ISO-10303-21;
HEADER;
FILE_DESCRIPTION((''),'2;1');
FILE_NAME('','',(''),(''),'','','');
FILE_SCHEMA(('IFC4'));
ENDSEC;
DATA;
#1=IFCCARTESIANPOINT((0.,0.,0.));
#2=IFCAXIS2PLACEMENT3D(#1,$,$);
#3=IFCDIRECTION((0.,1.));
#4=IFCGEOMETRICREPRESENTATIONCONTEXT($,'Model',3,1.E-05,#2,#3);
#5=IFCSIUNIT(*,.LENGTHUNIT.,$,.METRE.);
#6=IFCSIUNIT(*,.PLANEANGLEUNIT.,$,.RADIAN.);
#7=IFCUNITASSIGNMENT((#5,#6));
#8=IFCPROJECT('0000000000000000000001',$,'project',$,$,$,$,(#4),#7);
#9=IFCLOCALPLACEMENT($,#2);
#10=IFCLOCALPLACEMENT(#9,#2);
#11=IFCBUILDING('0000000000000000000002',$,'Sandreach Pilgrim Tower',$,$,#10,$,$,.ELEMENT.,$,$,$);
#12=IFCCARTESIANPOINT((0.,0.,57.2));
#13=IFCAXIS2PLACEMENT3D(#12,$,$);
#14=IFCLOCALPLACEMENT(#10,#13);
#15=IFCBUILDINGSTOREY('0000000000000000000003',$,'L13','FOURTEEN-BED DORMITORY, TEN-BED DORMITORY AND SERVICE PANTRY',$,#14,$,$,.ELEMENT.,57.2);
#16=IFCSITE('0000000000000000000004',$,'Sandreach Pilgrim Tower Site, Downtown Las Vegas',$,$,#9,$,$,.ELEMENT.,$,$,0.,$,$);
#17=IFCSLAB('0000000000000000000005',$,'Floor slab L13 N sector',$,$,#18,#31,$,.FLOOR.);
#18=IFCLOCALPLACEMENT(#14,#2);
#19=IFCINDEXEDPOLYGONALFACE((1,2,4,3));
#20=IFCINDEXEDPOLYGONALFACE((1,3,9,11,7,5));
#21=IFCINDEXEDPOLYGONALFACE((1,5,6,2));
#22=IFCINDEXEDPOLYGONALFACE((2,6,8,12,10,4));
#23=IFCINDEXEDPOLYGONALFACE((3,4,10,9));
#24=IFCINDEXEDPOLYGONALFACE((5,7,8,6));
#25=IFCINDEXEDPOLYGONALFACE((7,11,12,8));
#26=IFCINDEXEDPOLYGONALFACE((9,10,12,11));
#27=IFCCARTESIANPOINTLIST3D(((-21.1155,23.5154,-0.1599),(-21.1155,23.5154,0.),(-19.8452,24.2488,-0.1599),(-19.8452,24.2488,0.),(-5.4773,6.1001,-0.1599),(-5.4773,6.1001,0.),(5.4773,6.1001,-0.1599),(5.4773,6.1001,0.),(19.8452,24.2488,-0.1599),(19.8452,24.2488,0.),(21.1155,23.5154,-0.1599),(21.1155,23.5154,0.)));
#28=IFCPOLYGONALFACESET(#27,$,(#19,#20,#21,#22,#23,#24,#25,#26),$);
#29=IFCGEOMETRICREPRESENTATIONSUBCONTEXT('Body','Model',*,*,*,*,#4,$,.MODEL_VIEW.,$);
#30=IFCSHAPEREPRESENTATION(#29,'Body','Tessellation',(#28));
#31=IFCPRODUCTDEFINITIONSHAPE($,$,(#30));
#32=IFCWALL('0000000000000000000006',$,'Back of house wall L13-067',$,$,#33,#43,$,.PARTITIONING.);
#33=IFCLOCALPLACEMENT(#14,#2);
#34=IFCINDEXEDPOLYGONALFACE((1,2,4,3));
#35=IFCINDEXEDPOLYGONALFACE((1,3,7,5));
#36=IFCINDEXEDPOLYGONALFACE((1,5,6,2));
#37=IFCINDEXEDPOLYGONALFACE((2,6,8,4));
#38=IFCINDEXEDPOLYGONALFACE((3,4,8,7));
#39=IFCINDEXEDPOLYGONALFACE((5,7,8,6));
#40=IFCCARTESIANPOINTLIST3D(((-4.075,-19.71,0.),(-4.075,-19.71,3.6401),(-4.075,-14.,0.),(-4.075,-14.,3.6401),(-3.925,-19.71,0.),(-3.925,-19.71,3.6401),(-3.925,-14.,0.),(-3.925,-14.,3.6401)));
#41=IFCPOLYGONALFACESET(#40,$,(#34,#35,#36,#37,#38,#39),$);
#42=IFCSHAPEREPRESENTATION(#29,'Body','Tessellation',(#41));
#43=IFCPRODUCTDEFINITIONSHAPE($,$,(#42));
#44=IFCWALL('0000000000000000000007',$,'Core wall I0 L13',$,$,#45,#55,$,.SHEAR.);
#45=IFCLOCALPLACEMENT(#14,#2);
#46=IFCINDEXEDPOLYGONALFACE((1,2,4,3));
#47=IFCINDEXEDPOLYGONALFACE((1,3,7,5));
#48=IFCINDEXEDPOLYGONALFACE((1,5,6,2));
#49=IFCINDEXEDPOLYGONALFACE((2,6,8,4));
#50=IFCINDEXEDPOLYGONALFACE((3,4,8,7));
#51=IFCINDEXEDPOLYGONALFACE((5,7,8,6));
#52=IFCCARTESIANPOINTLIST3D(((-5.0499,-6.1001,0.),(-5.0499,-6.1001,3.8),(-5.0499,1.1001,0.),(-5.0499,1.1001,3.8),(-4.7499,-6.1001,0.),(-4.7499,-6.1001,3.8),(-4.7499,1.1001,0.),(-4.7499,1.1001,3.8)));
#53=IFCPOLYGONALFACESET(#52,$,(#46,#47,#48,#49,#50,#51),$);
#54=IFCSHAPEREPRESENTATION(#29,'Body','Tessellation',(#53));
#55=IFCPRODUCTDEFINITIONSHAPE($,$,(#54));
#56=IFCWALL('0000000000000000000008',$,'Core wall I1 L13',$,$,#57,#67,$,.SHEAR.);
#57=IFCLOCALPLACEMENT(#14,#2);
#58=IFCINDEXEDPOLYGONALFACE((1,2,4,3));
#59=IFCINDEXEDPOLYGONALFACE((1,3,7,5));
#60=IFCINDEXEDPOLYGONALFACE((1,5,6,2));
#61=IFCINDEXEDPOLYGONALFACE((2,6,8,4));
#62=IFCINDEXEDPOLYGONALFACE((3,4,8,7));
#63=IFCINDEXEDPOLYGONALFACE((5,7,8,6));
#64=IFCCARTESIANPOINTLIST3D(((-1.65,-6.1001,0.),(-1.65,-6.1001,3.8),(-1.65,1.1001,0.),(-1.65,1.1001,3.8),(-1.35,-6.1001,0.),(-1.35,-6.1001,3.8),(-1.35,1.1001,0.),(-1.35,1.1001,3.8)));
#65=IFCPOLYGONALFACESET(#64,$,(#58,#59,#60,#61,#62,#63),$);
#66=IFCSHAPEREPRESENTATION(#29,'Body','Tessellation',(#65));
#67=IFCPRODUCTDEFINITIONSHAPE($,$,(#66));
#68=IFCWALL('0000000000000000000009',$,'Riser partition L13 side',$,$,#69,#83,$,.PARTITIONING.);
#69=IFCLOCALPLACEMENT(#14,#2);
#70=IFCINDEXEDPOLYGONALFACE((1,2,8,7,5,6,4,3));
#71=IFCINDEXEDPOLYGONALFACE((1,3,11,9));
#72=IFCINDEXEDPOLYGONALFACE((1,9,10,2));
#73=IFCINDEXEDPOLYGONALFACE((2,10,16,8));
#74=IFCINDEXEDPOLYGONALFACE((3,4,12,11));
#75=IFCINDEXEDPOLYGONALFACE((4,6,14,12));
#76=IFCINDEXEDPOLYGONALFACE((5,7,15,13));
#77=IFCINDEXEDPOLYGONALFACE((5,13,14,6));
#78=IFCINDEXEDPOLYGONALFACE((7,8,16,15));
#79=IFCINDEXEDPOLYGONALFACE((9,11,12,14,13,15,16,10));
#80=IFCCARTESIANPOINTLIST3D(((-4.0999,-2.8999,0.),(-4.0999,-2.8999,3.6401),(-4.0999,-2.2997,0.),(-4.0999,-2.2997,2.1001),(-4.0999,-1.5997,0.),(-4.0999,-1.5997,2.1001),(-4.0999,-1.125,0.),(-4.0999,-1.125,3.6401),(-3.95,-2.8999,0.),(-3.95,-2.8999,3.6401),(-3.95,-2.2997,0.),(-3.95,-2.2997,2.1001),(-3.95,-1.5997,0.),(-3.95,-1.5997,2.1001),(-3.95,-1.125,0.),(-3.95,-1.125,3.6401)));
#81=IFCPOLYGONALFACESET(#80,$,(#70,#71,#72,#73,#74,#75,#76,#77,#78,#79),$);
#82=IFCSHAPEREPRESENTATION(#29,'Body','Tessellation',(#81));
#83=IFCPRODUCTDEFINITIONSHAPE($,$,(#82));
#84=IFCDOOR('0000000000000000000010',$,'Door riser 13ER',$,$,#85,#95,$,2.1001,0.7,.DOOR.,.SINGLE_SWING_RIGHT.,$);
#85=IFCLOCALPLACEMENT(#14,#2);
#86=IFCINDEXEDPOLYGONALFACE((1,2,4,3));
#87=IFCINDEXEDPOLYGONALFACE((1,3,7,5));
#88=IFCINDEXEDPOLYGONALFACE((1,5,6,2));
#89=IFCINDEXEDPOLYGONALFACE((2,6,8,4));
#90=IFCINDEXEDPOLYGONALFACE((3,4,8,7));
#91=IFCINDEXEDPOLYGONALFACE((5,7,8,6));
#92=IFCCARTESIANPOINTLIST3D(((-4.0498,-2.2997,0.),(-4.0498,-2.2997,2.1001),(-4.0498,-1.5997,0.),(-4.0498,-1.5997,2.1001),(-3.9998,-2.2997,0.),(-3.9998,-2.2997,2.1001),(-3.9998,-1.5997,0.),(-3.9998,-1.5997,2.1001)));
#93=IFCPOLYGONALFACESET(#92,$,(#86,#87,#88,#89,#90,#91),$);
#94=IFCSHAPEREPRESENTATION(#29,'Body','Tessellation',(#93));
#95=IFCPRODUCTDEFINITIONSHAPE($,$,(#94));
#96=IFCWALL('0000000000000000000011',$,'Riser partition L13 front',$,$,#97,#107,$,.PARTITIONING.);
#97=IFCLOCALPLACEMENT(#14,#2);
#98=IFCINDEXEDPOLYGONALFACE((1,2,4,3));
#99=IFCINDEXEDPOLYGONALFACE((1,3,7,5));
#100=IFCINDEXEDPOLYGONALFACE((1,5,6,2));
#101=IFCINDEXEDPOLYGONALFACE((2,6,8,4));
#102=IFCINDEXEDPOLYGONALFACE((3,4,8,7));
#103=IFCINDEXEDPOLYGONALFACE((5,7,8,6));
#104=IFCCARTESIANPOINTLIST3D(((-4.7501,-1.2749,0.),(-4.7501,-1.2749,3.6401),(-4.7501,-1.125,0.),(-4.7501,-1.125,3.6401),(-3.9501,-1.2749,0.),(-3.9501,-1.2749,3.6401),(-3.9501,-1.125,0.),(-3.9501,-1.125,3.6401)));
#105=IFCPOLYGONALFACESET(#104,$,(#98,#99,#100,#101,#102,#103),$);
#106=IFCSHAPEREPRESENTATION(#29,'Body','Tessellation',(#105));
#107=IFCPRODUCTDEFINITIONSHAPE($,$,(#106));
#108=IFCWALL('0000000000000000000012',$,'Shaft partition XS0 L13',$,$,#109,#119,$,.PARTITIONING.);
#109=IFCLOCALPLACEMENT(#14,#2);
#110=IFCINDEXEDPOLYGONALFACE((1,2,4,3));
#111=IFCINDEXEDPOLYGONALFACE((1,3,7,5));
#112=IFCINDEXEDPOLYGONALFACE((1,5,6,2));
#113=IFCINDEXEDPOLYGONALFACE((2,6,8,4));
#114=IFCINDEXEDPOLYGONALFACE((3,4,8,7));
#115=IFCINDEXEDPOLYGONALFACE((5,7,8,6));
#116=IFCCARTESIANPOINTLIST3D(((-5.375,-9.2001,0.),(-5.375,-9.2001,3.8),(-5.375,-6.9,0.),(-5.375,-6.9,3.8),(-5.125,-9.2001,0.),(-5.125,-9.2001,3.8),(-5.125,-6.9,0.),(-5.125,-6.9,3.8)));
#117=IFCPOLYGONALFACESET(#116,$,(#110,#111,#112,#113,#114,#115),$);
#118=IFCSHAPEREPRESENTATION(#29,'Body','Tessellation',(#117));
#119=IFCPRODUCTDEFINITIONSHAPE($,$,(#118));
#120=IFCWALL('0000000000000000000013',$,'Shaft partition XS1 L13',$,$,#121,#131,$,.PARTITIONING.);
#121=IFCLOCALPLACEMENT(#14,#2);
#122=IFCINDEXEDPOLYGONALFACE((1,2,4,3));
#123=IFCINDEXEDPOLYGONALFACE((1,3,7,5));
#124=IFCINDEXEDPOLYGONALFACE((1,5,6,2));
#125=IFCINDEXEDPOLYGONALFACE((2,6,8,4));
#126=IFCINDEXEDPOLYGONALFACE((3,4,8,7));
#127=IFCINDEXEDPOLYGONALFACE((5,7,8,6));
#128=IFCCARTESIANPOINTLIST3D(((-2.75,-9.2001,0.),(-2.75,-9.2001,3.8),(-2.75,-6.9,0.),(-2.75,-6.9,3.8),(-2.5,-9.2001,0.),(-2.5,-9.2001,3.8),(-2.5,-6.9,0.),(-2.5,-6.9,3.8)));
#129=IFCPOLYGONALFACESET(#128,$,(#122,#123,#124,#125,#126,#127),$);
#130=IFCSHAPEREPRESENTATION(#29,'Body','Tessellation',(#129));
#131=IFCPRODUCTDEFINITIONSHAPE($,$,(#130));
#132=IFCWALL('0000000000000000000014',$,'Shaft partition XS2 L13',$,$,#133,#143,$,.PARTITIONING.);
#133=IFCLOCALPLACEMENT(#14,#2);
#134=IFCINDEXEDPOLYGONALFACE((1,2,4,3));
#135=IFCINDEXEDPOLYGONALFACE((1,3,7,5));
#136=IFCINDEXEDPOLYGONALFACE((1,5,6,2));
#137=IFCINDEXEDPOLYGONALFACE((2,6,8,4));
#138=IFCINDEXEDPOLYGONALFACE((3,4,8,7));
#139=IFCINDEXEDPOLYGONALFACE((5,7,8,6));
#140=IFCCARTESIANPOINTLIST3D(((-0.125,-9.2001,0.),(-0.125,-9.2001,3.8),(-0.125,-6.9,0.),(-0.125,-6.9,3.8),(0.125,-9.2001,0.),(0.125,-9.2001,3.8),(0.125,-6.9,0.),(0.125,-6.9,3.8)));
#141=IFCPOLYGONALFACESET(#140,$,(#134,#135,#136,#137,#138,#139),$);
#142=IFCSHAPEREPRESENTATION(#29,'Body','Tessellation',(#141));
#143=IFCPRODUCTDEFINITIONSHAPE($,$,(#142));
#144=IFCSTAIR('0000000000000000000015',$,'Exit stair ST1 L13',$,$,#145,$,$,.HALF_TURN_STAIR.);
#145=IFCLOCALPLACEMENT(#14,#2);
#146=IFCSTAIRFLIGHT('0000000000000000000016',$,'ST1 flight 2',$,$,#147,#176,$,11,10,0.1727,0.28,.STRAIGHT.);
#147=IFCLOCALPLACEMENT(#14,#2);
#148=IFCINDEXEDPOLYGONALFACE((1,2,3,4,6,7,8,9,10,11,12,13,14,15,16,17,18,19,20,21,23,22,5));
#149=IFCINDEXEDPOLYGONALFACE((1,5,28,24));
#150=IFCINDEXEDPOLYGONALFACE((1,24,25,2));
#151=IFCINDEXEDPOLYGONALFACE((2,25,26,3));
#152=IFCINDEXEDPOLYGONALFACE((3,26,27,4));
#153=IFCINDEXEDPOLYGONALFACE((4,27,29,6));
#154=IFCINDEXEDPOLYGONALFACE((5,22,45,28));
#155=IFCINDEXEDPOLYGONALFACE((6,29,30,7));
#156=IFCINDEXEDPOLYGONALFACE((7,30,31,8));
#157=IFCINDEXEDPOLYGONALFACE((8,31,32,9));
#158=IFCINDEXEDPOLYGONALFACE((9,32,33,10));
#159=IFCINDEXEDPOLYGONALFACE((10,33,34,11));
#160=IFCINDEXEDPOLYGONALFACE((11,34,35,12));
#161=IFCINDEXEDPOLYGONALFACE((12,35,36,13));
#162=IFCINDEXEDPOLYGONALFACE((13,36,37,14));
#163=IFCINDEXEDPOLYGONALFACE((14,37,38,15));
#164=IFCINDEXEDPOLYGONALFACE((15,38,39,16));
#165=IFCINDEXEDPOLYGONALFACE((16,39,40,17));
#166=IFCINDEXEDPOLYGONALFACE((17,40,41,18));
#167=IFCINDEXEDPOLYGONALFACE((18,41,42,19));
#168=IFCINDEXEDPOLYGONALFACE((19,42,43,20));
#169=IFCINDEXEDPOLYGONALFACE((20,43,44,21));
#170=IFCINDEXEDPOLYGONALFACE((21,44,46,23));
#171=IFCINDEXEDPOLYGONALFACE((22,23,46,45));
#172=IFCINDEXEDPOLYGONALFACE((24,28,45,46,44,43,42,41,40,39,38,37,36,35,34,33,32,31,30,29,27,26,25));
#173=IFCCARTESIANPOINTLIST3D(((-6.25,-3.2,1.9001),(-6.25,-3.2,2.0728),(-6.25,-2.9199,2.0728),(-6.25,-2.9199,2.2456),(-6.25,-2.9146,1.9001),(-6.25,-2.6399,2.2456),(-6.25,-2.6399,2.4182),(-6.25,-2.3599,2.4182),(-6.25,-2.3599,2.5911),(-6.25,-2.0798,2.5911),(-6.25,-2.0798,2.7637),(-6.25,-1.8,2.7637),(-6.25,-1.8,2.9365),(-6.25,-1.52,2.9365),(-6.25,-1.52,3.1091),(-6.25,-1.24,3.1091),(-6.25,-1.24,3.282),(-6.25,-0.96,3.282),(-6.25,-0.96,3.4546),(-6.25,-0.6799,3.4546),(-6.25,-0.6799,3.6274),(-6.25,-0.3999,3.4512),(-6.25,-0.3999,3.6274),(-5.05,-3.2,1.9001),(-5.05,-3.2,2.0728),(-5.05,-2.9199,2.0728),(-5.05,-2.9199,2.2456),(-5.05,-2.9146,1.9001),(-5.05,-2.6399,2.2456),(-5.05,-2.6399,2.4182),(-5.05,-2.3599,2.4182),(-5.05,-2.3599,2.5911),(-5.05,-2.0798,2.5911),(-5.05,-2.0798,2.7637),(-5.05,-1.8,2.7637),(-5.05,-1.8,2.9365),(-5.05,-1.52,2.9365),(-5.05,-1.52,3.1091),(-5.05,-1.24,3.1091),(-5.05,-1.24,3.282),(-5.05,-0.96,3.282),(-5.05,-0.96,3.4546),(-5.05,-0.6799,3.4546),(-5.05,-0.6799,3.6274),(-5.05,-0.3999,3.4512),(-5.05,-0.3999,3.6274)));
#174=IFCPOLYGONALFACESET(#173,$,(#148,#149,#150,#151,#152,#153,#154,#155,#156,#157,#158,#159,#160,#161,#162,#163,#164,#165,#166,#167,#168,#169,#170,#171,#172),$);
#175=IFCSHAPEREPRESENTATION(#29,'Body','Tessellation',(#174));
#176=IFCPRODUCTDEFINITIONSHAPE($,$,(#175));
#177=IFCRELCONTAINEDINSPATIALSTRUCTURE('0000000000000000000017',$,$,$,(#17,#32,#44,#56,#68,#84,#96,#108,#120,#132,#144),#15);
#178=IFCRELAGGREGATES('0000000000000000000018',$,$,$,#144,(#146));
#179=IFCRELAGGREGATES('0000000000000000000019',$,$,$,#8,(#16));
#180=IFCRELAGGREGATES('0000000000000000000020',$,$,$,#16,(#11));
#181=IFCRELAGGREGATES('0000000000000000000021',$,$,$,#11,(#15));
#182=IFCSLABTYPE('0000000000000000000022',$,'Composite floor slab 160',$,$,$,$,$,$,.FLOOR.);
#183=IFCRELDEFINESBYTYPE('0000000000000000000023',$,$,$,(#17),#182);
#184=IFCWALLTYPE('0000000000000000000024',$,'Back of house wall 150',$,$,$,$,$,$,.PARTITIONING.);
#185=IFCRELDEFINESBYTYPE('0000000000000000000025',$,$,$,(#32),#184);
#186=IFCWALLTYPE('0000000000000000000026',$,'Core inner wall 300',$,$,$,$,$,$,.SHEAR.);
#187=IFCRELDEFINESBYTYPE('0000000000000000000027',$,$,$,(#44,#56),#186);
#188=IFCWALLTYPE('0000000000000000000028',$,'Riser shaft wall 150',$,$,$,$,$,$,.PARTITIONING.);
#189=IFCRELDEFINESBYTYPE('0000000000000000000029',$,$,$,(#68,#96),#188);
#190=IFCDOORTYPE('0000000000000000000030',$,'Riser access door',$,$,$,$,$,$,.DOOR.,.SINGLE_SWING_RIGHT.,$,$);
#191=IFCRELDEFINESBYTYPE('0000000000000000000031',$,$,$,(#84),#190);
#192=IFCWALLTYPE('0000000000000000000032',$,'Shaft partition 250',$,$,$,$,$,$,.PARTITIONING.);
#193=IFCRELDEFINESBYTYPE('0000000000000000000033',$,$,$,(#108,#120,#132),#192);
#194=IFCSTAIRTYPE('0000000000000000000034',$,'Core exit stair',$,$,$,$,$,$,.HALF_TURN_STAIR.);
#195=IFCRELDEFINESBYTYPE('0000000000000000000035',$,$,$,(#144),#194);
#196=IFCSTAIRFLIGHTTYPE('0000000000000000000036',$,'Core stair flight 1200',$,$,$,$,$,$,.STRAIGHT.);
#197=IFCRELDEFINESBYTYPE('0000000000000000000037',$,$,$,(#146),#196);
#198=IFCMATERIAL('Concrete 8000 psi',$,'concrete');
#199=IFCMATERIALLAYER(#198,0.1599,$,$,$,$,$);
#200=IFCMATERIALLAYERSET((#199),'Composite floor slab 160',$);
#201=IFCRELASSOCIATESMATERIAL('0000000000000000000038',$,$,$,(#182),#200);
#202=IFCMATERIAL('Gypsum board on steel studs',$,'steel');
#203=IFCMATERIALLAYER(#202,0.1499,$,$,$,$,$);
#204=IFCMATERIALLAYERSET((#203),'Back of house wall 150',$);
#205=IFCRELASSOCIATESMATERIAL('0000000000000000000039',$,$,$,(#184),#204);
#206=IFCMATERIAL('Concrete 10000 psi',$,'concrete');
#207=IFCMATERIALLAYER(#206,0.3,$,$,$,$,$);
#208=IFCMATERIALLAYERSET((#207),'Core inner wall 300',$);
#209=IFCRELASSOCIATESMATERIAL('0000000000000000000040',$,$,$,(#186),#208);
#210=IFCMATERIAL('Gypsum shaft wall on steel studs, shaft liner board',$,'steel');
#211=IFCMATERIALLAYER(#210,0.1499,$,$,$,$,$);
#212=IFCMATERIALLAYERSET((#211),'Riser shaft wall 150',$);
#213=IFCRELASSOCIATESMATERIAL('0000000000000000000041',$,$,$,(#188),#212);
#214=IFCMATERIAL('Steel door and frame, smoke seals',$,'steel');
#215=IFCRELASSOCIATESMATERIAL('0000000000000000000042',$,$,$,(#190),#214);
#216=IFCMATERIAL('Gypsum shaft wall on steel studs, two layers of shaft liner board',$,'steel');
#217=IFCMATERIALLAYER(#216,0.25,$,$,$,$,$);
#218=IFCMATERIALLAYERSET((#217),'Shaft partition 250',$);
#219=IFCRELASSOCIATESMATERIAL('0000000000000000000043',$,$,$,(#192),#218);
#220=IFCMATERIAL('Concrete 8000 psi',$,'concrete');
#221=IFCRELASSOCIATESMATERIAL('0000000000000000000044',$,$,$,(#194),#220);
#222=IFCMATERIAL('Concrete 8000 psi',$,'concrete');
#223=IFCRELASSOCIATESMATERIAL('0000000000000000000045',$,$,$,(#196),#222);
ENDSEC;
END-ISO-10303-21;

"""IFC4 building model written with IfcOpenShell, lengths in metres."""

from ifc_helpers import new_model, si_unit, direction, frame, frame_2d, origin, place, context, subcontext, project, spatial, polyline, rectangle, outline, extrude, material, layer, layer_set, type_object, element, fill, aggregate, save


model = new_model("IFC4")

# Units and contexts
model_context = context("Model", 3, precision=1e-05, world=origin(), true_north=direction((0.0, 1.0)))
body_context = subcontext(model_context, "Body", "Model", "MODEL_VIEW")
ifc_project = project(units=[si_unit("LENGTHUNIT", "METRE"), si_unit("PLANEANGLEUNIT", "RADIAN")], contexts=[model_context])

# Site, building, storey
site_placement = place(None, origin())
site = spatial("IfcSite", under=ifc_project, at=site_placement, Name="Sandreach Pilgrim Tower Site, Downtown Las Vegas", CompositionType="ELEMENT", RefElevation=0.0)
building_placement = place(site_placement, origin())
building = spatial("IfcBuilding", under=site, at=building_placement, Name="Sandreach Pilgrim Tower", CompositionType="ELEMENT")
storey_placement = place(building_placement, frame((0.0, 0.0, 57.2)))
storey = spatial("IfcBuildingStorey", under=building, at=storey_placement, Name="L13", Description="FOURTEEN-BED DORMITORY, TEN-BED DORMITORY AND SERVICE PANTRY", CompositionType="ELEMENT", Elevation=57.2)

# Slab
ifc_material_1 = material(Name="Concrete 8000 psi", Category="concrete")
ifc_layer_1 = layer(ifc_material_1, 0.1599)
ifc_layer_set_1 = layer_set([ifc_layer_1], Name="Composite floor slab 160")
slab_type = type_object("IfcSlabType", Name="Composite floor slab 160", PredefinedType="FLOOR", material=ifc_layer_set_1)
slab_placement = place(storey_placement, frame((0.0, 0.0, -0.1599)))
element("IfcSlab", 1, at=slab_placement, inside=storey, type_object=slab_type, Name="Floor slab L13 N sector", PredefinedType="FLOOR", context=body_context, shape_type="SweptSolid", body=[
    extrude(outline(polyline([(-19.8452, 24.2488), (19.8452, 24.2488), (21.1155, 23.5154), (5.4773, 6.1001), (-5.4773, 6.1001), (-21.1155, 23.5154), (-19.8452, 24.2488)])), origin(), (0.0, 0.0, 1.0), 0.1599),
])

# Walls
ifc_material_2 = material(Name="Gypsum board on steel studs", Category="steel")
ifc_layer_2 = layer(ifc_material_2, 0.1499)
ifc_layer_set_2 = layer_set([ifc_layer_2], Name="Back of house wall 150")
wall_type_1 = type_object("IfcWallType", Name="Back of house wall 150", PredefinedType="PARTITIONING", material=ifc_layer_set_2)
wall_1_placement = place(storey_placement, frame((-4.0, -14.0, 0.0), z_axis=(0.0, 0.0, 1.0), x_axis=(0.0, -1.0, 0.0)))
element("IfcWall", 2, at=wall_1_placement, inside=storey, type_object=wall_type_1, Name="Back of house wall L13-067", PredefinedType="PARTITIONING", context=body_context, shape_type="SweptSolid", body=[
    extrude(rectangle(XDim=5.71, YDim=0.1499, at=frame_2d((2.855, 0.0))), origin(), (0.0, 0.0, 1.0), 3.6401),
])
ifc_material_3 = material(Name="Concrete 10000 psi", Category="concrete")
ifc_layer_3 = layer(ifc_material_3, 0.3)
ifc_layer_set_3 = layer_set([ifc_layer_3], Name="Core inner wall 300")
wall_type_2 = type_object("IfcWallType", Name="Core inner wall 300", PredefinedType="SHEAR", material=ifc_layer_set_3)
for number, where, z_axis, x_axis, name in (
    (3, (-4.8999, -6.1001, 0.0), (0.0, 0.0, 1.0), (0.0, 1.0, 0.0), "Core wall I0 L13"),
    (4, (-1.5, -6.1001, 0.0), (0.0, 0.0, 1.0), (0.0, 1.0, 0.0), "Core wall I1 L13"),
):
    element("IfcWall", number, at=place(storey_placement, frame(where, z_axis=z_axis, x_axis=x_axis)), inside=storey, type_object=wall_type_2, Name=name, PredefinedType="SHEAR", context=body_context, shape_type="SweptSolid", body=[
        extrude(rectangle(XDim=7.2002, YDim=0.3, at=frame_2d((3.6001, 0.0))), origin(), (0.0, 0.0, 1.0), 3.8),
    ])

# Wall, opening, door
ifc_material_4 = material(Name="Gypsum shaft wall on steel studs, shaft liner board", Category="steel")
ifc_layer_4 = layer(ifc_material_4, 0.1499)
ifc_layer_set_4 = layer_set([ifc_layer_4], Name="Riser shaft wall 150")
wall_type_3 = type_object("IfcWallType", Name="Riser shaft wall 150", PredefinedType="PARTITIONING", material=ifc_layer_set_4)
wall_2_placement = place(storey_placement, frame((-4.0249, -2.8999, 0.0), z_axis=(0.0, 0.0, 1.0), x_axis=(0.0, 1.0, 0.0)))
wall_2 = element("IfcWall", 5, at=wall_2_placement, inside=storey, type_object=wall_type_3, Name="Riser partition L13 side", PredefinedType="PARTITIONING", context=body_context, shape_type="SweptSolid", body=[
    extrude(rectangle(XDim=1.7749, YDim=0.1499, at=frame_2d((0.8875, 0.0))), origin(), (0.0, 0.0, 1.0), 3.6401),
])
opening_1_placement = place(wall_2_placement, frame((0.6001, 0.0, 0.0)))
opening_1 = element("IfcOpeningElement", 6, at=opening_1_placement, cuts=wall_2, PredefinedType="OPENING", context=body_context, shape_type="SweptSolid", body=[
    extrude(rectangle(XDim=0.7, YDim=2.1001, at=frame_2d((0.3501, 1.05))), frame((0.0, 0.075, 0.0), z_axis=(0.0, -1.0, 0.0), x_axis=(1.0, 0.0, 0.0)), (0.0, 0.0, 1.0), 0.1499),
])
ifc_material_5 = material(Name="Steel door and frame, smoke seals", Category="steel")
door_type_1 = type_object("IfcDoorType", Name="Riser access door", OperationType="SINGLE_SWING_RIGHT", PredefinedType="DOOR", material=ifc_material_5)
door_1_placement = place(opening_1_placement, origin())
door_1 = element("IfcDoor", 7, at=door_1_placement, inside=storey, type_object=door_type_1, Name="Door riser 13ER", OperationType="SINGLE_SWING_RIGHT", OverallHeight=2.1001, OverallWidth=0.7, PredefinedType="DOOR", context=body_context, shape_type="SweptSolid", body=[
    extrude(rectangle(XDim=0.7, YDim=2.1001, at=frame_2d((0.3501, 1.05))), frame((0.0, 0.0249, 0.0), z_axis=(0.0, -1.0, 0.0), x_axis=(1.0, 0.0, 0.0)), (0.0, 0.0, 1.0), 0.05),
])
fill(opening_1, door_1)

# Walls
wall_3_placement = place(storey_placement, frame((-4.75, -1.2, 0.0), z_axis=(0.0, 0.0, 1.0), x_axis=(1.0, 0.0, 0.0)))
element("IfcWall", 8, at=wall_3_placement, inside=storey, type_object=wall_type_3, Name="Riser partition L13 front", PredefinedType="PARTITIONING", context=body_context, shape_type="SweptSolid", body=[
    extrude(rectangle(XDim=0.8, YDim=0.1499, at=frame_2d((0.3999, 0.0))), origin(), (0.0, 0.0, 1.0), 3.6401),
])
ifc_material_6 = material(Name="Gypsum shaft wall on steel studs, two layers of shaft liner board", Category="steel")
ifc_layer_5 = layer(ifc_material_6, 0.25)
ifc_layer_set_5 = layer_set([ifc_layer_5], Name="Shaft partition 250")
wall_type_4 = type_object("IfcWallType", Name="Shaft partition 250", PredefinedType="PARTITIONING", material=ifc_layer_set_5)
for number, where, z_axis, x_axis, name in (
    (9, (-5.25, -9.2, 0.0), (0.0, 0.0, 1.0), (0.0, 1.0, 0.0), "Shaft partition XS0 L13"),
    (10, (-2.625, -9.2, 0.0), (0.0, 0.0, 1.0), (0.0, 1.0, 0.0), "Shaft partition XS1 L13"),
    (11, (0.0, -9.2, 0.0), (0.0, 0.0, 1.0), (0.0, 1.0, 0.0), "Shaft partition XS2 L13"),
):
    element("IfcWall", number, at=place(storey_placement, frame(where, z_axis=z_axis, x_axis=x_axis)), inside=storey, type_object=wall_type_4, Name=name, PredefinedType="PARTITIONING", context=body_context, shape_type="SweptSolid", body=[
        extrude(rectangle(XDim=2.3, YDim=0.25, at=frame_2d((1.1499, 0.0))), origin(), (0.0, 0.0, 1.0), 3.8),
    ])

# Stair, stair flight
ifc_material_7 = material(Name="Concrete 8000 psi", Category="concrete")
stair_type = type_object("IfcStairType", Name="Core exit stair", PredefinedType="HALF_TURN_STAIR", material=ifc_material_7)
stair_1_placement = place(storey_placement, origin())
stair_1 = element("IfcStair", 12, at=stair_1_placement, inside=storey, type_object=stair_type, Name="Exit stair ST1 L13", PredefinedType="HALF_TURN_STAIR")
ifc_material_8 = material(Name="Concrete 8000 psi", Category="concrete")
stair_flight_type = type_object("IfcStairFlightType", Name="Core stair flight 1200", PredefinedType="STRAIGHT", material=ifc_material_8)
stair_flight_1_placement = place(storey_placement, frame((-5.6499, -3.2, 1.9001), z_axis=(0.0, 0.0, 1.0), x_axis=(0.0, 1.0, 0.0)))
stair_flight_1 = element("IfcStairFlight", 13, at=stair_flight_1_placement, type_object=stair_flight_type, Name="ST1 flight 2", NumberOfRisers=11, NumberOfTreads=10, PredefinedType="STRAIGHT", RiserHeight=0.1727, TreadLength=0.28, context=body_context, shape_type="SweptSolid", body=[
    extrude(outline(polyline([(0.0, 0.0), (0.0, 0.1726), (0.28, 0.1726), (0.28, 0.3455), (0.5601, 0.3455), (0.5601, 0.5181), (0.8401, 0.5181), (0.8401, 0.6909), (1.1201, 0.6909), (1.1201, 0.8635), (1.3999, 0.8635), (1.3999, 1.0364), (1.6799, 1.0364), (1.6799, 1.209), (1.96, 1.209), (1.96, 1.3818), (2.24, 1.3818), (2.24, 1.5544), (2.52, 1.5544), (2.52, 1.7273), (2.8, 1.7273), (2.8, 1.8999), (2.8, 1.551), (0.2854, 0.0), (0.0, 0.0)])), frame((0.0, 0.6001, 0.0), z_axis=(0.0, -1.0, 0.0), x_axis=(1.0, 0.0, 0.0)), (0.0, 0.0, 1.0), 1.2),
])
aggregate(stair_1, [stair_flight_1])

save(model, "model.ifc")
